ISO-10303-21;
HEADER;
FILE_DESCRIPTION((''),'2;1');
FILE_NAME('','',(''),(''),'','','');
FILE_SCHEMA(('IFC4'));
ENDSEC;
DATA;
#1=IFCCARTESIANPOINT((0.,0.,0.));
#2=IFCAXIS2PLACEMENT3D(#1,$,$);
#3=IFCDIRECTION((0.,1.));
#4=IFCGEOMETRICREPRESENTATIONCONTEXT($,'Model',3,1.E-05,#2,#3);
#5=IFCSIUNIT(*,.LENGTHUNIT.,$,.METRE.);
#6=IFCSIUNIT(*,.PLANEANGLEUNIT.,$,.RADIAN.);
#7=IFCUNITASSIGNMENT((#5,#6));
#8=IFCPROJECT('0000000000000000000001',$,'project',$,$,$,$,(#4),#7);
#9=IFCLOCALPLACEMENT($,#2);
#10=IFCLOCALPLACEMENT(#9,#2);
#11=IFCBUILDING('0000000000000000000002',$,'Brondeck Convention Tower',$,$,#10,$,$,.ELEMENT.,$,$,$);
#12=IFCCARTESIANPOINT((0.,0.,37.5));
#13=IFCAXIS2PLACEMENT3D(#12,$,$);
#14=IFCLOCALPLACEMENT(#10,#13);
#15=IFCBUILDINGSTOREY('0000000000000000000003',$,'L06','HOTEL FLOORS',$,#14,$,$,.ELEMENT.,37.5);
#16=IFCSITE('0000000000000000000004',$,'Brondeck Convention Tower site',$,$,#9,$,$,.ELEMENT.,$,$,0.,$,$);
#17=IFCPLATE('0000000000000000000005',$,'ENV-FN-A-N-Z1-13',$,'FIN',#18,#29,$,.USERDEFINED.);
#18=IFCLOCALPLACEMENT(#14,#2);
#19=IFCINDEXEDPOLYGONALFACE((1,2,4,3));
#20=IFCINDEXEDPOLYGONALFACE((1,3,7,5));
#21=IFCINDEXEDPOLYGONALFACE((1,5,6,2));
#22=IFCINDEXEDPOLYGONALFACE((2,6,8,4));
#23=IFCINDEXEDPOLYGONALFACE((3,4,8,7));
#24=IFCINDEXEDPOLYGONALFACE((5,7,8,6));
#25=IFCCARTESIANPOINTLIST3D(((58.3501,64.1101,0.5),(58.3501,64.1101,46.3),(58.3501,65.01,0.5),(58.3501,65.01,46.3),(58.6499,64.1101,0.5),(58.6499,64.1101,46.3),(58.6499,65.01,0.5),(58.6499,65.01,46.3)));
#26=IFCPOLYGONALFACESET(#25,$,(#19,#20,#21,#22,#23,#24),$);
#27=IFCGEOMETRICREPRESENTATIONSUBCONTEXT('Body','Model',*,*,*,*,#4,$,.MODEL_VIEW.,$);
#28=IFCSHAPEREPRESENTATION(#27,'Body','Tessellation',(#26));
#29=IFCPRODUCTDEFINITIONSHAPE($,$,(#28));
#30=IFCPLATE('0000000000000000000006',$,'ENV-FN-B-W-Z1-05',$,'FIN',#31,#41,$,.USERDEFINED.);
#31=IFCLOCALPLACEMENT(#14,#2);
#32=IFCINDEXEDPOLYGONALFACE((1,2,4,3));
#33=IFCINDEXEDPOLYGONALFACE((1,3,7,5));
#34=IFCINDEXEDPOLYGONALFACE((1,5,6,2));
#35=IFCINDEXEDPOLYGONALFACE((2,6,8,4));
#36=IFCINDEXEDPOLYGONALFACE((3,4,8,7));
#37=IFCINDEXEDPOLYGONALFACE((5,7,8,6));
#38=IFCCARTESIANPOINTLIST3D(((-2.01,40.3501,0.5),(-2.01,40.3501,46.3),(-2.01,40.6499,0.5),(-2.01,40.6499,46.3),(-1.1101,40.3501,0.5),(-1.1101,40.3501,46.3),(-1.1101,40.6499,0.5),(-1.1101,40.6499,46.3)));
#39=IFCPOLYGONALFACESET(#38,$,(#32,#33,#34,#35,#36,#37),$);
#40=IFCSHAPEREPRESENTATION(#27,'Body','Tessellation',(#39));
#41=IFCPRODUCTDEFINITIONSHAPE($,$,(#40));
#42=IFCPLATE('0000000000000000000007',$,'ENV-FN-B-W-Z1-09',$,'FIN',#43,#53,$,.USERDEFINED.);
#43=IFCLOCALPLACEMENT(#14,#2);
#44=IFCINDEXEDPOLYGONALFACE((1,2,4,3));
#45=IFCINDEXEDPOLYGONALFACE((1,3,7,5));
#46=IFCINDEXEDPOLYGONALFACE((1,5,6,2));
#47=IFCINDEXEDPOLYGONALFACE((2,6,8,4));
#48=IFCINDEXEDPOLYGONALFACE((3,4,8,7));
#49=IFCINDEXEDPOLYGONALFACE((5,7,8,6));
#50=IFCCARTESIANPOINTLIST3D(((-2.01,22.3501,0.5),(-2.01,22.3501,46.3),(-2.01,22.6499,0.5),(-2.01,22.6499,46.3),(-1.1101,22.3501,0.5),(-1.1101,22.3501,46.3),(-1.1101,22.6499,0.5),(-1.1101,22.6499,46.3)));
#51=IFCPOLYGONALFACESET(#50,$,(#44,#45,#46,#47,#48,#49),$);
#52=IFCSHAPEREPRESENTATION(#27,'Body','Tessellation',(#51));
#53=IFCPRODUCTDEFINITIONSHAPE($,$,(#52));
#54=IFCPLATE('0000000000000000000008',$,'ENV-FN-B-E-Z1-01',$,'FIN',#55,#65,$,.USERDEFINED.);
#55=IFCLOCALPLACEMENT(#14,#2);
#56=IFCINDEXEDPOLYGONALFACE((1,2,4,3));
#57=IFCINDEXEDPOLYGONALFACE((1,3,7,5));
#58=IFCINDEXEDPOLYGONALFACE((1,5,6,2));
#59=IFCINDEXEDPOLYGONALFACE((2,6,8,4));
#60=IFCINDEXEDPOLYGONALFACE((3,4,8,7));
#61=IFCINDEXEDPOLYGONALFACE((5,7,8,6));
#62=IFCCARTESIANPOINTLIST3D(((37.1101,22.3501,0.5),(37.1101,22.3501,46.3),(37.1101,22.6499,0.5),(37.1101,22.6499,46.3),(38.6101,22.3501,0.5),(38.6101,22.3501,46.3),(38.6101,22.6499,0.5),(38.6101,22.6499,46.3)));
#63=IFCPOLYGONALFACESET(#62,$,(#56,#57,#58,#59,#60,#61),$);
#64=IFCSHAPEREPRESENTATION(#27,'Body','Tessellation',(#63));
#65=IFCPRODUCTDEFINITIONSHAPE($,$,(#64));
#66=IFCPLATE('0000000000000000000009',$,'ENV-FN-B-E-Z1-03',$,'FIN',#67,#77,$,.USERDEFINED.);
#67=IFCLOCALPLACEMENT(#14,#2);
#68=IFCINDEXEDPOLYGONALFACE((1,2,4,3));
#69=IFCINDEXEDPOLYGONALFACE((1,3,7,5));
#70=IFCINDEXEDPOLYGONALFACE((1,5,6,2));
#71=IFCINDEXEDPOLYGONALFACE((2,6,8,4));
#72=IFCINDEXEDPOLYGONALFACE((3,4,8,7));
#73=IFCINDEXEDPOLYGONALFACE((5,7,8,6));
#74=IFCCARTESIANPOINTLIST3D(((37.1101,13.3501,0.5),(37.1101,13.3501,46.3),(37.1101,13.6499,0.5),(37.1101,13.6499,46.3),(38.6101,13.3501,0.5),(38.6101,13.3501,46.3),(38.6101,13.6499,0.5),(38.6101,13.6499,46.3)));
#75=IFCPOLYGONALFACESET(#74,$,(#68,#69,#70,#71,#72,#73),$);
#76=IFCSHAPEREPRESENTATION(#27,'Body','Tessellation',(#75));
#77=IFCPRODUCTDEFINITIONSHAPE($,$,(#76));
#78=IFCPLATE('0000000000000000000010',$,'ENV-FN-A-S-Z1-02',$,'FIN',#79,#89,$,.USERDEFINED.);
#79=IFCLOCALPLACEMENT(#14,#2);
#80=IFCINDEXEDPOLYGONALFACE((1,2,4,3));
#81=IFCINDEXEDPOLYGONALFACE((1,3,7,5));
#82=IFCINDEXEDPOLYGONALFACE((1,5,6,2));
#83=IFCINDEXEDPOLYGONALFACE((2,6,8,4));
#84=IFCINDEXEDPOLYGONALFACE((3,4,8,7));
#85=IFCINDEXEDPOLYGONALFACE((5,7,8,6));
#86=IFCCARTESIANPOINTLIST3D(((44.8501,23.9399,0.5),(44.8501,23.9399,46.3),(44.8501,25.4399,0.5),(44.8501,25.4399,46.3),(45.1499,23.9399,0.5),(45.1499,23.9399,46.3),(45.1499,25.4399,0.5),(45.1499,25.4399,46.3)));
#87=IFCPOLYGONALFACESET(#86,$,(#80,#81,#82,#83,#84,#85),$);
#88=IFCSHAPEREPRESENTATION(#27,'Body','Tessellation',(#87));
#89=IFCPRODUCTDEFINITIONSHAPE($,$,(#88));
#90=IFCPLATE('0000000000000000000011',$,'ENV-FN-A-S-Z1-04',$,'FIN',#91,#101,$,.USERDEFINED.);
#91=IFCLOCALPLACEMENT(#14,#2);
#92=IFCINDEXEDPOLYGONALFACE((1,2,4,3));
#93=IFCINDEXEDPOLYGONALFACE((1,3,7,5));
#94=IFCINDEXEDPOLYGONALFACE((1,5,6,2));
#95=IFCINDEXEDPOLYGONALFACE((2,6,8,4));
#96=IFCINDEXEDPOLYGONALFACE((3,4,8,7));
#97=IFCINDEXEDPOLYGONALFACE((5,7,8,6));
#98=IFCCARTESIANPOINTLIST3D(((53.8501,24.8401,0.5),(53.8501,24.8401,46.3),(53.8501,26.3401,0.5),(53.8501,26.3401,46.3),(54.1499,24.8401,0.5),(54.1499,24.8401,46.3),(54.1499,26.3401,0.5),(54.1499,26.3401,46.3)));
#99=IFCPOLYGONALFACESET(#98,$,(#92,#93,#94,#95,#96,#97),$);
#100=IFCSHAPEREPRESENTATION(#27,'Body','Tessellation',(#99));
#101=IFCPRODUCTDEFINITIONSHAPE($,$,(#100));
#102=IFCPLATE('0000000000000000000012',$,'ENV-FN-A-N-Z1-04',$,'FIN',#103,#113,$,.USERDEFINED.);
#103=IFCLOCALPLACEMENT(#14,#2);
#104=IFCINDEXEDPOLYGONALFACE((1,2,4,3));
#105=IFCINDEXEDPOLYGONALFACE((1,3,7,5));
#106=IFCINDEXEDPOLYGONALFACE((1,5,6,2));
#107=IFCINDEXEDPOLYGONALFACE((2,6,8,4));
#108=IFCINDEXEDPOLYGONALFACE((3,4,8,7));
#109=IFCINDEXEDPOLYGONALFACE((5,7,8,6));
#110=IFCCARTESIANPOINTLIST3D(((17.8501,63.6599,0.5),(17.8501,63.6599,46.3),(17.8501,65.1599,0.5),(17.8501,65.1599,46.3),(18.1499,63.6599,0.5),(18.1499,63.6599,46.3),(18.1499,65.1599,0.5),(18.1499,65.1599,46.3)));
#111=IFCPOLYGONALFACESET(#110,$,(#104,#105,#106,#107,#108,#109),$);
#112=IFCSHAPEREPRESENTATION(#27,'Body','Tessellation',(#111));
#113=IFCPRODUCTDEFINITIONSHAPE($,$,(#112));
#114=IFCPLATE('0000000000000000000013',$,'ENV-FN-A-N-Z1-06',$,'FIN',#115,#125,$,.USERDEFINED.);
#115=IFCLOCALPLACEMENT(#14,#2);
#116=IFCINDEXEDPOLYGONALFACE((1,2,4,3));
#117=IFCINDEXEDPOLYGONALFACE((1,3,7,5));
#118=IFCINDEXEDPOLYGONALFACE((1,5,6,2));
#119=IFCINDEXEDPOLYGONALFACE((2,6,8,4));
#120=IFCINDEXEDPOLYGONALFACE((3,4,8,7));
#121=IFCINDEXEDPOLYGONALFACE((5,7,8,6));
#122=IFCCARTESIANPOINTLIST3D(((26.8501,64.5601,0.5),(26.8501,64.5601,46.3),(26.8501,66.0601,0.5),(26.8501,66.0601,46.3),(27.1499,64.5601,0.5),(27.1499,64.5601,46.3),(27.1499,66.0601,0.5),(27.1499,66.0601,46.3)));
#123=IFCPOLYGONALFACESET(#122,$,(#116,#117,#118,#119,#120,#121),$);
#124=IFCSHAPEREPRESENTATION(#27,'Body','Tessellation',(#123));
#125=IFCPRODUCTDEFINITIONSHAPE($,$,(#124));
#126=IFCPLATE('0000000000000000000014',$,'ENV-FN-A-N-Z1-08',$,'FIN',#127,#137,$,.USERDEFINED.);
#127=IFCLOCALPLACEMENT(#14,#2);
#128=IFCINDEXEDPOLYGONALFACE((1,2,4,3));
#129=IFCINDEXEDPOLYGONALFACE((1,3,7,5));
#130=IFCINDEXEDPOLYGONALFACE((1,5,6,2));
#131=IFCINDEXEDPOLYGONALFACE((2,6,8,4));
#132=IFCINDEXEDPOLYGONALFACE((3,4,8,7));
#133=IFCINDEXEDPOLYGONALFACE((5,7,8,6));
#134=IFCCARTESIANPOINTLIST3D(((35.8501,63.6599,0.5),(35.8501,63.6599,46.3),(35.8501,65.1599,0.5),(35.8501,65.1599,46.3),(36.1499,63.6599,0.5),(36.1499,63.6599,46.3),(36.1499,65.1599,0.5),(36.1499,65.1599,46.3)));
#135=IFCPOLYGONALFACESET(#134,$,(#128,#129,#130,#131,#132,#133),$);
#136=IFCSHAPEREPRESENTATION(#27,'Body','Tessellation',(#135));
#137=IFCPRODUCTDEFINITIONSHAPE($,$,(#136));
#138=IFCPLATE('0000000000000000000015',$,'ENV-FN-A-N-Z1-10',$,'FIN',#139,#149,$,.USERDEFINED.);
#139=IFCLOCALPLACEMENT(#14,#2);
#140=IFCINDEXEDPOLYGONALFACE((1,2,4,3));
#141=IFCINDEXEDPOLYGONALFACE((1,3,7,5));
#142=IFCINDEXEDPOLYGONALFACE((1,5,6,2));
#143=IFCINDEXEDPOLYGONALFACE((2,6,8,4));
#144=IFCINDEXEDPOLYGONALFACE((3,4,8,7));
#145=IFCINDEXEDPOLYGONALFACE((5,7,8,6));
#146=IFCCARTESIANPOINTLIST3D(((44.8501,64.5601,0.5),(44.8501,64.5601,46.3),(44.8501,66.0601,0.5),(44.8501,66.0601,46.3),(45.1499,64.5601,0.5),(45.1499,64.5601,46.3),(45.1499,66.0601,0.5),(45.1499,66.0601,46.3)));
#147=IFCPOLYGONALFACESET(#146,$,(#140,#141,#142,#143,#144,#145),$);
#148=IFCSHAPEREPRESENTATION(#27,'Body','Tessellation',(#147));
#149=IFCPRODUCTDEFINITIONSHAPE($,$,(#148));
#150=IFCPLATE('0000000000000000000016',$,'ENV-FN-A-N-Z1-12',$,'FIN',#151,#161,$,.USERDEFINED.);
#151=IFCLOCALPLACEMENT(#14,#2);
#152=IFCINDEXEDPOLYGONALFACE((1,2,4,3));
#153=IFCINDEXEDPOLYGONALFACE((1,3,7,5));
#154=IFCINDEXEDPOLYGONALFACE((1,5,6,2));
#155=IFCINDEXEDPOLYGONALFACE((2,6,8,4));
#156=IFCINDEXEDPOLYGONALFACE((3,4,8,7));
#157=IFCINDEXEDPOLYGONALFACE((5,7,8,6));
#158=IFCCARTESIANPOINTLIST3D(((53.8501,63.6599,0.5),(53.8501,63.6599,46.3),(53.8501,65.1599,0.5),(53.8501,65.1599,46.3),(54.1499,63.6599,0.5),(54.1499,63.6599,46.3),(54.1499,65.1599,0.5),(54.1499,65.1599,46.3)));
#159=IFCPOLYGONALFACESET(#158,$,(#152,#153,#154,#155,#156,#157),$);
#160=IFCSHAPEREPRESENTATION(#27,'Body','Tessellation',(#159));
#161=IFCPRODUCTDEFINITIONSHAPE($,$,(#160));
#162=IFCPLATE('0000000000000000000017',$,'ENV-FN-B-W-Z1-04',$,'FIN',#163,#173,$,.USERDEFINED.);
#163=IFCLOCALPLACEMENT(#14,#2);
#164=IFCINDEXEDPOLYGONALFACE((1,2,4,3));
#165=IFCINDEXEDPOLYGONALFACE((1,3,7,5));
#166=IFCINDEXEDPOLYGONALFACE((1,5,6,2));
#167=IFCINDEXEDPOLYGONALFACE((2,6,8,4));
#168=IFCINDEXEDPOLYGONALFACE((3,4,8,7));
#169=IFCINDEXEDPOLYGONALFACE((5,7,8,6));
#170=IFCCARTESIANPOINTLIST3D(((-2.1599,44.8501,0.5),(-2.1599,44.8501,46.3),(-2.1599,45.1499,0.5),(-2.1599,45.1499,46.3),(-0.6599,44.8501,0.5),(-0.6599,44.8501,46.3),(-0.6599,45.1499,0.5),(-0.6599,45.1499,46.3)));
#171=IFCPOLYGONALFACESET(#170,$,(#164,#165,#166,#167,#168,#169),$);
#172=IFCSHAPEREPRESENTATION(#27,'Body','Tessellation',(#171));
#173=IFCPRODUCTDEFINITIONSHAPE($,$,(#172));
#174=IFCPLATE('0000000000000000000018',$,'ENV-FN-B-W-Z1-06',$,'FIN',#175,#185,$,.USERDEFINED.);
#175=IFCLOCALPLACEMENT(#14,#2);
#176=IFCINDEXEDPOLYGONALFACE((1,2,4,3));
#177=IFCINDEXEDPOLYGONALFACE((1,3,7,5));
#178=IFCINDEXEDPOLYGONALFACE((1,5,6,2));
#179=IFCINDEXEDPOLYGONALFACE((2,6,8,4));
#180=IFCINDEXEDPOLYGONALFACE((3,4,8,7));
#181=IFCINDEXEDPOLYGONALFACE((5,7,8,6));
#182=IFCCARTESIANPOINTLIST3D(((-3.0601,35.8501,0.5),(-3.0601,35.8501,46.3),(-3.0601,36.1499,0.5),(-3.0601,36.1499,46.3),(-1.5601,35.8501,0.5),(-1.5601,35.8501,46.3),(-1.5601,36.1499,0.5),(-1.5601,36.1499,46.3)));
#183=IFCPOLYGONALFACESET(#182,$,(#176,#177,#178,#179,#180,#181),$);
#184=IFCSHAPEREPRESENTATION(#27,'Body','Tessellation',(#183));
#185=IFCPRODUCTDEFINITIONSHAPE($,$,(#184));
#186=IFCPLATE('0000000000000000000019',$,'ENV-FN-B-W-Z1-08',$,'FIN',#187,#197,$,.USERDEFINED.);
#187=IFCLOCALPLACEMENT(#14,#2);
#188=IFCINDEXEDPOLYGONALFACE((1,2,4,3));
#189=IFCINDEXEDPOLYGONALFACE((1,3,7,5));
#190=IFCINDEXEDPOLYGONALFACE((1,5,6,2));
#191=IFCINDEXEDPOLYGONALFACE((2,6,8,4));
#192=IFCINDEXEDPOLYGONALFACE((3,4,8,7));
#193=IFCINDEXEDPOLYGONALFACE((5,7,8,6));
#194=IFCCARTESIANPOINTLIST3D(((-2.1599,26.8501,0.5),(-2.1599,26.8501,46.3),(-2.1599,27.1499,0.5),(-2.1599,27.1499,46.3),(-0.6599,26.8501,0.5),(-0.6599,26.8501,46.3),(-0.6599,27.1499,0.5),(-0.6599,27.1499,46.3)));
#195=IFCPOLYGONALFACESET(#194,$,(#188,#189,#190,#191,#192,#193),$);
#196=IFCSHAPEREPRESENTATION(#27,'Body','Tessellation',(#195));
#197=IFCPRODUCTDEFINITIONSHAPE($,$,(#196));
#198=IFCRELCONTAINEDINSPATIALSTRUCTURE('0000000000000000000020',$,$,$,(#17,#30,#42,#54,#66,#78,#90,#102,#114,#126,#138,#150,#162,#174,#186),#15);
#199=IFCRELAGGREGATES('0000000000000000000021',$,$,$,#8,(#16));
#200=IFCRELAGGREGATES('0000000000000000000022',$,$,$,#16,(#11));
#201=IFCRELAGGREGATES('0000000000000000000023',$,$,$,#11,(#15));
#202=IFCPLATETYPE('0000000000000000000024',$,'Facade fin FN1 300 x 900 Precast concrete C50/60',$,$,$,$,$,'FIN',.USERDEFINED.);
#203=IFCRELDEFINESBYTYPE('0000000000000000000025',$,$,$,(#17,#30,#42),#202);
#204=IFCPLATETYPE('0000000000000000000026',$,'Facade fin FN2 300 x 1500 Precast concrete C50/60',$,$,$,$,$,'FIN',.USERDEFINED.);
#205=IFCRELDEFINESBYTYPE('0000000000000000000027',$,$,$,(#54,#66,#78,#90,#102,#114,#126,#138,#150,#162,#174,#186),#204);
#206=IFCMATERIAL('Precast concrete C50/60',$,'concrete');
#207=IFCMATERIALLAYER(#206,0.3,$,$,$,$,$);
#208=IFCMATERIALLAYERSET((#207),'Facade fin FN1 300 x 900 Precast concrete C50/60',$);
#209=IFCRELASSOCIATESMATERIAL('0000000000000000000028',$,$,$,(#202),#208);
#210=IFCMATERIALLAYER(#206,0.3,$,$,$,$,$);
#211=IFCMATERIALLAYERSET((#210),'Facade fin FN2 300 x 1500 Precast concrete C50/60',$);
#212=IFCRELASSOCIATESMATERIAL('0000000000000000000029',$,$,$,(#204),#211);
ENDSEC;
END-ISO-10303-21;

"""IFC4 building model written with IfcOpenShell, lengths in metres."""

from ifc_helpers import new_model, si_unit, direction, frame, origin, place, context, subcontext, project, spatial, polyline, outline, extrude, material, layer, layer_set, type_object, element, save


model = new_model("IFC4")

# Units and contexts
model_context = context("Model", 3, precision=1e-05, world=origin(), true_north=direction((0.0, 1.0)))
body_context = subcontext(model_context, "Body", "Model", "MODEL_VIEW")
ifc_project = project(units=[si_unit("LENGTHUNIT", "METRE"), si_unit("PLANEANGLEUNIT", "RADIAN")], contexts=[model_context])

# Site, building, storey
site_placement = place(None, origin())
site = spatial("IfcSite", under=ifc_project, at=site_placement, Name="Brondeck Convention Tower site", CompositionType="ELEMENT", RefElevation=0.0)
building_placement = place(site_placement, origin())
building = spatial("IfcBuilding", under=site, at=building_placement, Name="Brondeck Convention Tower", CompositionType="ELEMENT")
storey_placement = place(building_placement, frame((0.0, 0.0, 37.5)))
storey = spatial("IfcBuildingStorey", under=building, at=storey_placement, Name="L06", Description="HOTEL FLOORS", CompositionType="ELEMENT", Elevation=37.5)

# Plates
ifc_material_1 = material(Name="Precast concrete C50/60", Category="concrete")
ifc_layer_1 = layer(ifc_material_1, 0.3)
ifc_layer_set_1 = layer_set([ifc_layer_1], Name="Facade fin FN1 300 x 900 Precast concrete C50/60")
plate_type_1 = type_object("IfcPlateType", Name="Facade fin FN1 300 x 900 Precast concrete C50/60", ElementType="FIN", PredefinedType="USERDEFINED", material=ifc_layer_set_1)
plate_1_placement = place(storey_placement, frame((0.0, 0.0, 0.5)))
element("IfcPlate", 1, at=plate_1_placement, inside=storey, type_object=plate_type_1, Name="ENV-FN-A-N-Z1-13", ObjectType="FIN", PredefinedType="USERDEFINED", context=body_context, shape_type="SweptSolid", body=[
    extrude(outline(polyline([(58.3501, 65.01), (58.3501, 64.1101), (58.6499, 64.1101), (58.6499, 65.01), (58.3501, 65.01)])), origin(), (0.0, 0.0, 1.0), 45.8),
])
plate_2_placement = place(storey_placement, frame((0.0, 0.0, 0.5)))
element("IfcPlate", 2, at=plate_2_placement, inside=storey, type_object=plate_type_1, Name="ENV-FN-B-W-Z1-05", ObjectType="FIN", PredefinedType="USERDEFINED", context=body_context, shape_type="SweptSolid", body=[
    extrude(outline(polyline([(-2.01, 40.3501), (-1.1101, 40.3501), (-1.1101, 40.6499), (-2.01, 40.6499), (-2.01, 40.3501)])), origin(), (0.0, 0.0, 1.0), 45.8),
])
plate_3_placement = place(storey_placement, frame((0.0, 0.0, 0.5)))
element("IfcPlate", 3, at=plate_3_placement, inside=storey, type_object=plate_type_1, Name="ENV-FN-B-W-Z1-09", ObjectType="FIN", PredefinedType="USERDEFINED", context=body_context, shape_type="SweptSolid", body=[
    extrude(outline(polyline([(-2.01, 22.3501), (-1.1101, 22.3501), (-1.1101, 22.6499), (-2.01, 22.6499), (-2.01, 22.3501)])), origin(), (0.0, 0.0, 1.0), 45.8),
])
ifc_layer_2 = layer(ifc_material_1, 0.3)
ifc_layer_set_2 = layer_set([ifc_layer_2], Name="Facade fin FN2 300 x 1500 Precast concrete C50/60")
plate_type_2 = type_object("IfcPlateType", Name="Facade fin FN2 300 x 1500 Precast concrete C50/60", ElementType="FIN", PredefinedType="USERDEFINED", material=ifc_layer_set_2)
plate_4_placement = place(storey_placement, frame((0.0, 0.0, 0.5)))
element("IfcPlate", 4, at=plate_4_placement, inside=storey, type_object=plate_type_2, Name="ENV-FN-B-E-Z1-01", ObjectType="FIN", PredefinedType="USERDEFINED", context=body_context, shape_type="SweptSolid", body=[
    extrude(outline(polyline([(38.6101, 22.6499), (37.1101, 22.6499), (37.1101, 22.3501), (38.6101, 22.3501), (38.6101, 22.6499)])), origin(), (0.0, 0.0, 1.0), 45.8),
])
plate_5_placement = place(storey_placement, frame((0.0, 0.0, 0.5)))
element("IfcPlate", 5, at=plate_5_placement, inside=storey, type_object=plate_type_2, Name="ENV-FN-B-E-Z1-03", ObjectType="FIN", PredefinedType="USERDEFINED", context=body_context, shape_type="SweptSolid", body=[
    extrude(outline(polyline([(38.6101, 13.6499), (37.1101, 13.6499), (37.1101, 13.3501), (38.6101, 13.3501), (38.6101, 13.6499)])), origin(), (0.0, 0.0, 1.0), 45.8),
])
plate_6_placement = place(storey_placement, frame((0.0, 0.0, 0.5)))
element("IfcPlate", 6, at=plate_6_placement, inside=storey, type_object=plate_type_2, Name="ENV-FN-A-S-Z1-02", ObjectType="FIN", PredefinedType="USERDEFINED", context=body_context, shape_type="SweptSolid", body=[
    extrude(outline(polyline([(45.1499, 23.9399), (45.1499, 25.4399), (44.8501, 25.4399), (44.8501, 23.9399), (45.1499, 23.9399)])), origin(), (0.0, 0.0, 1.0), 45.8),
])
plate_7_placement = place(storey_placement, frame((0.0, 0.0, 0.5)))
element("IfcPlate", 7, at=plate_7_placement, inside=storey, type_object=plate_type_2, Name="ENV-FN-A-S-Z1-04", ObjectType="FIN", PredefinedType="USERDEFINED", context=body_context, shape_type="SweptSolid", body=[
    extrude(outline(polyline([(54.1499, 24.8401), (54.1499, 26.3401), (53.8501, 26.3401), (53.8501, 24.8401), (54.1499, 24.8401)])), origin(), (0.0, 0.0, 1.0), 45.8),
])
plate_8_placement = place(storey_placement, frame((0.0, 0.0, 0.5)))
element("IfcPlate", 8, at=plate_8_placement, inside=storey, type_object=plate_type_2, Name="ENV-FN-A-N-Z1-04", ObjectType="FIN", PredefinedType="USERDEFINED", context=body_context, shape_type="SweptSolid", body=[
    extrude(outline(polyline([(17.8501, 65.1599), (17.8501, 63.6599), (18.1499, 63.6599), (18.1499, 65.1599), (17.8501, 65.1599)])), origin(), (0.0, 0.0, 1.0), 45.8),
])
plate_9_placement = place(storey_placement, frame((0.0, 0.0, 0.5)))
element("IfcPlate", 9, at=plate_9_placement, inside=storey, type_object=plate_type_2, Name="ENV-FN-A-N-Z1-06", ObjectType="FIN", PredefinedType="USERDEFINED", context=body_context, shape_type="SweptSolid", body=[
    extrude(outline(polyline([(26.8501, 66.0601), (26.8501, 64.5601), (27.1499, 64.5601), (27.1499, 66.0601), (26.8501, 66.0601)])), origin(), (0.0, 0.0, 1.0), 45.8),
])
plate_10_placement = place(storey_placement, frame((0.0, 0.0, 0.5)))
element("IfcPlate", 10, at=plate_10_placement, inside=storey, type_object=plate_type_2, Name="ENV-FN-A-N-Z1-08", ObjectType="FIN", PredefinedType="USERDEFINED", context=body_context, shape_type="SweptSolid", body=[
    extrude(outline(polyline([(35.8501, 65.1599), (35.8501, 63.6599), (36.1499, 63.6599), (36.1499, 65.1599), (35.8501, 65.1599)])), origin(), (0.0, 0.0, 1.0), 45.8),
])
plate_11_placement = place(storey_placement, frame((0.0, 0.0, 0.5)))
element("IfcPlate", 11, at=plate_11_placement, inside=storey, type_object=plate_type_2, Name="ENV-FN-A-N-Z1-10", ObjectType="FIN", PredefinedType="USERDEFINED", context=body_context, shape_type="SweptSolid", body=[
    extrude(outline(polyline([(44.8501, 66.0601), (44.8501, 64.5601), (45.1499, 64.5601), (45.1499, 66.0601), (44.8501, 66.0601)])), origin(), (0.0, 0.0, 1.0), 45.8),
])
plate_12_placement = place(storey_placement, frame((0.0, 0.0, 0.5)))
element("IfcPlate", 12, at=plate_12_placement, inside=storey, type_object=plate_type_2, Name="ENV-FN-A-N-Z1-12", ObjectType="FIN", PredefinedType="USERDEFINED", context=body_context, shape_type="SweptSolid", body=[
    extrude(outline(polyline([(53.8501, 65.1599), (53.8501, 63.6599), (54.1499, 63.6599), (54.1499, 65.1599), (53.8501, 65.1599)])), origin(), (0.0, 0.0, 1.0), 45.8),
])
plate_13_placement = place(storey_placement, frame((0.0, 0.0, 0.5)))
element("IfcPlate", 13, at=plate_13_placement, inside=storey, type_object=plate_type_2, Name="ENV-FN-B-W-Z1-04", ObjectType="FIN", PredefinedType="USERDEFINED", context=body_context, shape_type="SweptSolid", body=[
    extrude(outline(polyline([(-2.1599, 44.8501), (-0.6599, 44.8501), (-0.6599, 45.1499), (-2.1599, 45.1499), (-2.1599, 44.8501)])), origin(), (0.0, 0.0, 1.0), 45.8),
])
plate_14_placement = place(storey_placement, frame((0.0, 0.0, 0.5)))
element("IfcPlate", 14, at=plate_14_placement, inside=storey, type_object=plate_type_2, Name="ENV-FN-B-W-Z1-06", ObjectType="FIN", PredefinedType="USERDEFINED", context=body_context, shape_type="SweptSolid", body=[
    extrude(outline(polyline([(-3.0601, 35.8501), (-1.5601, 35.8501), (-1.5601, 36.1499), (-3.0601, 36.1499), (-3.0601, 35.8501)])), origin(), (0.0, 0.0, 1.0), 45.8),
])
plate_15_placement = place(storey_placement, frame((0.0, 0.0, 0.5)))
element("IfcPlate", 15, at=plate_15_placement, inside=storey, type_object=plate_type_2, Name="ENV-FN-B-W-Z1-08", ObjectType="FIN", PredefinedType="USERDEFINED", context=body_context, shape_type="SweptSolid", body=[
    extrude(outline(polyline([(-2.1599, 26.8501), (-0.6599, 26.8501), (-0.6599, 27.1499), (-2.1599, 27.1499), (-2.1599, 26.8501)])), origin(), (0.0, 0.0, 1.0), 45.8),
])

save(model, "model.ifc")
